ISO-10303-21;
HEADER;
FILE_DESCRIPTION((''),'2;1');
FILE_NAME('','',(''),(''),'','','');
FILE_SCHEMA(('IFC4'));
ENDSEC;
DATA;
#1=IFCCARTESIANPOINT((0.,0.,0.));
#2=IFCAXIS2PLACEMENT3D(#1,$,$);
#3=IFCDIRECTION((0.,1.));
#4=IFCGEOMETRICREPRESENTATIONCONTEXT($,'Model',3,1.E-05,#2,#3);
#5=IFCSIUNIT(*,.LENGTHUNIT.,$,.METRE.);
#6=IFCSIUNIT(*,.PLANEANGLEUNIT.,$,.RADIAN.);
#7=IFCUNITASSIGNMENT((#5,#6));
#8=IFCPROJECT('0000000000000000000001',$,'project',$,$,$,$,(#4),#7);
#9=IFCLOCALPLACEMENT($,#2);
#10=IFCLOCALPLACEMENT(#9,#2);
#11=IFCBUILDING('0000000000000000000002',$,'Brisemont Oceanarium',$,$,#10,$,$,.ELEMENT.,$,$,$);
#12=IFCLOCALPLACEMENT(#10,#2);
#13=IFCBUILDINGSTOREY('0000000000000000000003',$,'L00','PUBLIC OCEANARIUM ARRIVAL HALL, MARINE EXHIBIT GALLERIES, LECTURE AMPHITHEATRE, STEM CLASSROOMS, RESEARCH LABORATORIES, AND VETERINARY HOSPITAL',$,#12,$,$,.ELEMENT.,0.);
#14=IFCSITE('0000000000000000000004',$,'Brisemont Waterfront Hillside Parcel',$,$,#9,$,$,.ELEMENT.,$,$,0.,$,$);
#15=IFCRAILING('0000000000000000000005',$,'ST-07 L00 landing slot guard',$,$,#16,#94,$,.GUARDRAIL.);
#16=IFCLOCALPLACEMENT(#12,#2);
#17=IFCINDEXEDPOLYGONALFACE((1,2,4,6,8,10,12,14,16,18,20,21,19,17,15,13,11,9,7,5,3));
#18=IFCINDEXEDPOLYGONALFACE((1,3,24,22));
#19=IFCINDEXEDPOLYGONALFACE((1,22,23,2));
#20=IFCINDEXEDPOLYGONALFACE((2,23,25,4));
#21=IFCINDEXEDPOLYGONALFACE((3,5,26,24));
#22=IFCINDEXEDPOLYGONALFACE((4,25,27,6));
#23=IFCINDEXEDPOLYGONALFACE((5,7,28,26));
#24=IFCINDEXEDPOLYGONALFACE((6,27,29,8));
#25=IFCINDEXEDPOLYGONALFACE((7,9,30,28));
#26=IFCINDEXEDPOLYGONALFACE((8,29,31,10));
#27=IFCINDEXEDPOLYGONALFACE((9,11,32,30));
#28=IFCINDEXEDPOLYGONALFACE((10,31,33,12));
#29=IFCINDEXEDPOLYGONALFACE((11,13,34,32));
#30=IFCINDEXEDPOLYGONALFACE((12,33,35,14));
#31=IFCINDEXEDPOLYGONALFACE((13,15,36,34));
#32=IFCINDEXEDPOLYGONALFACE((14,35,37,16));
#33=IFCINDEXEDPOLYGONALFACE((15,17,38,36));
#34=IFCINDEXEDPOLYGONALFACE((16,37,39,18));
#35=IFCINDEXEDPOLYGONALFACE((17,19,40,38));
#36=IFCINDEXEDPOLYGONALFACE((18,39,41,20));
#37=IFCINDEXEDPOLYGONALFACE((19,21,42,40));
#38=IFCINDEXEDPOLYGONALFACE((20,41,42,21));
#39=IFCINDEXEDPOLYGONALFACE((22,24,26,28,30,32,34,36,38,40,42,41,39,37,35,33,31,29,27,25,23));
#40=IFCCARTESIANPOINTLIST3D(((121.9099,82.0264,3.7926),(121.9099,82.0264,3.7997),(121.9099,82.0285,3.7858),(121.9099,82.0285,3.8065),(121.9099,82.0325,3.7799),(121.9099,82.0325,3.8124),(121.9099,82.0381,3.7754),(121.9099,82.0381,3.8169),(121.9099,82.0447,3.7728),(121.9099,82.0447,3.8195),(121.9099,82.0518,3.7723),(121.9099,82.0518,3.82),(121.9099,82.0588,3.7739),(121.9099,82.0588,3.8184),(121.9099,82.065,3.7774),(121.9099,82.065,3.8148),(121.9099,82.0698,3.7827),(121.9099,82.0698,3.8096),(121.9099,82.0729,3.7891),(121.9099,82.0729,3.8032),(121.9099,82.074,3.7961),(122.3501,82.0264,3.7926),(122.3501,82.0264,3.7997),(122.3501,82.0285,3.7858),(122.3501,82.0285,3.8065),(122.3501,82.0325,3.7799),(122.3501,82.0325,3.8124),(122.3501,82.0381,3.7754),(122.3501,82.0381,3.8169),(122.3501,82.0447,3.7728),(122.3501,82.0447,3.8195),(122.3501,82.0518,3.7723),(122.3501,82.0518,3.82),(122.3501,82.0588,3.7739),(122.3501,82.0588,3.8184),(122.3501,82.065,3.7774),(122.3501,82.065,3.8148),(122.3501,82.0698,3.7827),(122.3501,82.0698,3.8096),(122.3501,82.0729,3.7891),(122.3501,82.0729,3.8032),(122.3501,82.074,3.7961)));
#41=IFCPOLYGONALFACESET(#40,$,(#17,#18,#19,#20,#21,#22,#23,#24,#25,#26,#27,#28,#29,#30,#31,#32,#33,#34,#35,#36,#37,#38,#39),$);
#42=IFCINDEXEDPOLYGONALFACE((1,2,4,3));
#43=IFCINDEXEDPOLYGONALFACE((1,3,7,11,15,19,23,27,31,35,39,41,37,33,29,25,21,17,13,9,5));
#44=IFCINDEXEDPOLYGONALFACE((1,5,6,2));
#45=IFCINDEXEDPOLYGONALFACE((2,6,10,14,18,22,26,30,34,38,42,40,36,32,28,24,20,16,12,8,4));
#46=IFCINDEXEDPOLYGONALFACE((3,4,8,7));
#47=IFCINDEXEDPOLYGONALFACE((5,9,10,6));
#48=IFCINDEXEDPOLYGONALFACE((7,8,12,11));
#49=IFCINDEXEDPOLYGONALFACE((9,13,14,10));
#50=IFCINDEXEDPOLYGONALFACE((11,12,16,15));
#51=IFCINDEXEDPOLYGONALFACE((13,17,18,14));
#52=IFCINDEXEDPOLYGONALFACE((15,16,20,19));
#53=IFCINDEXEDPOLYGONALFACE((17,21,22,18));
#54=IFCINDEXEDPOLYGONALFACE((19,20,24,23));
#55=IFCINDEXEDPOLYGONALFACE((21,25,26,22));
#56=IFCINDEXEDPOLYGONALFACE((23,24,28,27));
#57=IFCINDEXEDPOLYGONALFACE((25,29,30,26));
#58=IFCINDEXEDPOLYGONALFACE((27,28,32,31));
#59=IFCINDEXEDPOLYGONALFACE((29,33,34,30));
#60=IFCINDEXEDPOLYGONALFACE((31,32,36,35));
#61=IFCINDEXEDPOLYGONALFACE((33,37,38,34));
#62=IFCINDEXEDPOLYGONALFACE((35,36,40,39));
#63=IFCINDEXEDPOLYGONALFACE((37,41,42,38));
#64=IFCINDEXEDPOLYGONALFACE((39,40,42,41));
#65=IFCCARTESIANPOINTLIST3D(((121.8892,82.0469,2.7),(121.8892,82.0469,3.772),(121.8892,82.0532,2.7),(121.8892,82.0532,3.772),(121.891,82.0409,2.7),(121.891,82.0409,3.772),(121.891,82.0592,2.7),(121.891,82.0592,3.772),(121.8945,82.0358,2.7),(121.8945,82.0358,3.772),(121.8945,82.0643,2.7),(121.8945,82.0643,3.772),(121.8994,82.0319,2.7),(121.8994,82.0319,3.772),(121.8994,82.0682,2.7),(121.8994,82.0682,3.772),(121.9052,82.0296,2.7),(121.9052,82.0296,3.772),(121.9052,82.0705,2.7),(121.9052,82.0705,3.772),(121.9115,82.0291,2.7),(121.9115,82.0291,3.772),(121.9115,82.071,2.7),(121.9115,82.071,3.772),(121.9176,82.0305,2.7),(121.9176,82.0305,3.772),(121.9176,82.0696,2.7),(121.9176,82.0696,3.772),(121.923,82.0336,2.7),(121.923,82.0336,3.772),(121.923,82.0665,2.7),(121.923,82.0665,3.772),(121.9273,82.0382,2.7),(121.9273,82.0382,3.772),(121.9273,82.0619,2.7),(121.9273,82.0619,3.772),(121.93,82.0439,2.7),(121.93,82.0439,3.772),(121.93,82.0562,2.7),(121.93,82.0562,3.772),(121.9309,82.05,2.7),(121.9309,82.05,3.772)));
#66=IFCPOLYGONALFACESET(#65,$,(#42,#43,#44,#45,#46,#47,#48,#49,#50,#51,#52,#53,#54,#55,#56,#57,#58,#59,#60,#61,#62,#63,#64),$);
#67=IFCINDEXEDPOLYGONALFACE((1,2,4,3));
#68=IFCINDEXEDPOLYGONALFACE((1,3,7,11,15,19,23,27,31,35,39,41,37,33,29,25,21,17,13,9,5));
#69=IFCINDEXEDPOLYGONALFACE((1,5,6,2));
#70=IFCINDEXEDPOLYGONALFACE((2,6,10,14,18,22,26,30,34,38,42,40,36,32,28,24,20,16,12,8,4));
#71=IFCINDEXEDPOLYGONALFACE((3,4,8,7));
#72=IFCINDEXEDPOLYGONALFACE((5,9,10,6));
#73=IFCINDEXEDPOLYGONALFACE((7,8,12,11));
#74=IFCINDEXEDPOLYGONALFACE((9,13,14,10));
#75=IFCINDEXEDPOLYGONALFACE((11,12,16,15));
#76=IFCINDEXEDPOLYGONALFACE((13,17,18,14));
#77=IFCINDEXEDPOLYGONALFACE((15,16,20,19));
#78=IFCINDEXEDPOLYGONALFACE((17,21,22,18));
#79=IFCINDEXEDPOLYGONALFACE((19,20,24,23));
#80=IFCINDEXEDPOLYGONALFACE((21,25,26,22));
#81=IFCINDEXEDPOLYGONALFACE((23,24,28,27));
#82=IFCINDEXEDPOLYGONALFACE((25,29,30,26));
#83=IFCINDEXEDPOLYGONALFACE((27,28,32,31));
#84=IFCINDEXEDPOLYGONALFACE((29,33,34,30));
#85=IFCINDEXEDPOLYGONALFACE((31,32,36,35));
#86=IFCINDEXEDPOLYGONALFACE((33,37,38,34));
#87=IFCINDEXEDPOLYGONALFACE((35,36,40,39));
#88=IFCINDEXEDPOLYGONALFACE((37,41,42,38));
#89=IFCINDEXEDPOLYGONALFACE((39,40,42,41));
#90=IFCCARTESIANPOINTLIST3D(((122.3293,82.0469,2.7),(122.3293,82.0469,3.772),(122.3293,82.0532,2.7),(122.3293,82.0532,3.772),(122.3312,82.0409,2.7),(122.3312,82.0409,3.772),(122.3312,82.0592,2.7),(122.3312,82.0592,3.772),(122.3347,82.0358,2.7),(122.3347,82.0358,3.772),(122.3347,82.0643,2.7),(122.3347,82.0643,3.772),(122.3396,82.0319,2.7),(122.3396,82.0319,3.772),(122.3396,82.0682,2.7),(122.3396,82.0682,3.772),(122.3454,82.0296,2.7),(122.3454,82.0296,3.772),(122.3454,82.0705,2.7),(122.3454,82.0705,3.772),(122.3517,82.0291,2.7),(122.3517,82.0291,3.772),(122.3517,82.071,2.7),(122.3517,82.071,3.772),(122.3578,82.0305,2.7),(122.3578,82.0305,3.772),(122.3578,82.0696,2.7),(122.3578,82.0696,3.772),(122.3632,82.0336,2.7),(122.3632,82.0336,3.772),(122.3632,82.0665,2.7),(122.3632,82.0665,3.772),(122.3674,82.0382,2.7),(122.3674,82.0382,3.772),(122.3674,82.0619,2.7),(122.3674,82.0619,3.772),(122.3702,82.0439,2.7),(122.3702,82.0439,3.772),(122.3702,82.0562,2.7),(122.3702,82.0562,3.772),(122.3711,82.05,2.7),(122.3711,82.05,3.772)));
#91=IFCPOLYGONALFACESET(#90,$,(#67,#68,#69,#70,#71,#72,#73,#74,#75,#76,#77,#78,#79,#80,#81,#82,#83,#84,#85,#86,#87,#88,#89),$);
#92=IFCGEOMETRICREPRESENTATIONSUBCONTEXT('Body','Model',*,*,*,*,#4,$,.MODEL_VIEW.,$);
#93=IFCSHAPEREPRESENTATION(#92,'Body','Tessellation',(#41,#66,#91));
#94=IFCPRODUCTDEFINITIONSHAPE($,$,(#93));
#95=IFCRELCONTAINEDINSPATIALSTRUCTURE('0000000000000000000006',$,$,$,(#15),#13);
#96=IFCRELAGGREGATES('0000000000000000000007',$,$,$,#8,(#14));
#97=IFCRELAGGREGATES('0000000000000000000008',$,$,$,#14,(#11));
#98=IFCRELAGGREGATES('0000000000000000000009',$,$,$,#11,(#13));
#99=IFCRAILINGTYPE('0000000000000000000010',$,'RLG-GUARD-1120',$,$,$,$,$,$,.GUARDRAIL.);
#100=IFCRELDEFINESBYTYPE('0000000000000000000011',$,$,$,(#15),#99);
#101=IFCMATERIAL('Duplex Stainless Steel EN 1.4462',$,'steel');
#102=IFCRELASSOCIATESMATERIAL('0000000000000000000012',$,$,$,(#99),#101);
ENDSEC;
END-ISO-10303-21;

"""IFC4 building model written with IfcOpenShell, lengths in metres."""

from ifc_helpers import new_model, si_unit, direction, frame, origin, origin_2d, place, context, subcontext, project, spatial, circle, extrude, material, type_object, element, save


model = new_model("IFC4")

# Units and contexts
model_context = context("Model", 3, precision=1e-05, world=origin(), true_north=direction((0.0, 1.0)))
body_context = subcontext(model_context, "Body", "Model", "MODEL_VIEW")
ifc_project = project(units=[si_unit("LENGTHUNIT", "METRE"), si_unit("PLANEANGLEUNIT", "RADIAN")], contexts=[model_context])

# Site, building, storey
site_placement = place(None, origin())
site = spatial("IfcSite", under=ifc_project, at=site_placement, Name="Brisemont Waterfront Hillside Parcel", CompositionType="ELEMENT", RefElevation=0.0)
building_placement = place(site_placement, origin())
building = spatial("IfcBuilding", under=site, at=building_placement, Name="Brisemont Oceanarium", CompositionType="ELEMENT")
storey_placement = place(building_placement, origin())
storey = spatial("IfcBuildingStorey", under=building, at=storey_placement, Name="L00", Description="PUBLIC OCEANARIUM ARRIVAL HALL, MARINE EXHIBIT GALLERIES, LECTURE AMPHITHEATRE, STEM CLASSROOMS, RESEARCH LABORATORIES, AND VETERINARY HOSPITAL", CompositionType="ELEMENT", Elevation=0.0)

# Railing
ifc_material_1 = material(Name="Duplex Stainless Steel EN 1.4462", Category="steel")
railing_type_1 = type_object("IfcRailingType", Name="RLG-GUARD-1120", PredefinedType="GUARDRAIL", material=ifc_material_1)
railing_1_placement = place(storey_placement, frame((121.9099, 82.05, 2.7)))
element("IfcRailing", 1, at=railing_1_placement, inside=storey, type_object=railing_type_1, Name="ST-07 L00 landing slot guard", PredefinedType="GUARDRAIL", context=body_context, shape_type="SweptSolid", body=[
    extrude(circle(Radius=0.0239, at=origin_2d()), frame((0.0, 0.0, 1.0962), z_axis=(1.0, 0.0, 0.0), x_axis=(0.0, 1.0, 0.0)), (0.0, 0.0, 1.0), 0.4402),
    extrude(circle(Radius=0.021, at=origin_2d()), origin(), (0.0, 0.0, 1.0), 1.072),
    extrude(circle(Radius=0.021, at=origin_2d()), frame((0.4402, 0.0, 0.0)), (0.0, 0.0, 1.0), 1.072),
])

save(model, "model.ifc")
